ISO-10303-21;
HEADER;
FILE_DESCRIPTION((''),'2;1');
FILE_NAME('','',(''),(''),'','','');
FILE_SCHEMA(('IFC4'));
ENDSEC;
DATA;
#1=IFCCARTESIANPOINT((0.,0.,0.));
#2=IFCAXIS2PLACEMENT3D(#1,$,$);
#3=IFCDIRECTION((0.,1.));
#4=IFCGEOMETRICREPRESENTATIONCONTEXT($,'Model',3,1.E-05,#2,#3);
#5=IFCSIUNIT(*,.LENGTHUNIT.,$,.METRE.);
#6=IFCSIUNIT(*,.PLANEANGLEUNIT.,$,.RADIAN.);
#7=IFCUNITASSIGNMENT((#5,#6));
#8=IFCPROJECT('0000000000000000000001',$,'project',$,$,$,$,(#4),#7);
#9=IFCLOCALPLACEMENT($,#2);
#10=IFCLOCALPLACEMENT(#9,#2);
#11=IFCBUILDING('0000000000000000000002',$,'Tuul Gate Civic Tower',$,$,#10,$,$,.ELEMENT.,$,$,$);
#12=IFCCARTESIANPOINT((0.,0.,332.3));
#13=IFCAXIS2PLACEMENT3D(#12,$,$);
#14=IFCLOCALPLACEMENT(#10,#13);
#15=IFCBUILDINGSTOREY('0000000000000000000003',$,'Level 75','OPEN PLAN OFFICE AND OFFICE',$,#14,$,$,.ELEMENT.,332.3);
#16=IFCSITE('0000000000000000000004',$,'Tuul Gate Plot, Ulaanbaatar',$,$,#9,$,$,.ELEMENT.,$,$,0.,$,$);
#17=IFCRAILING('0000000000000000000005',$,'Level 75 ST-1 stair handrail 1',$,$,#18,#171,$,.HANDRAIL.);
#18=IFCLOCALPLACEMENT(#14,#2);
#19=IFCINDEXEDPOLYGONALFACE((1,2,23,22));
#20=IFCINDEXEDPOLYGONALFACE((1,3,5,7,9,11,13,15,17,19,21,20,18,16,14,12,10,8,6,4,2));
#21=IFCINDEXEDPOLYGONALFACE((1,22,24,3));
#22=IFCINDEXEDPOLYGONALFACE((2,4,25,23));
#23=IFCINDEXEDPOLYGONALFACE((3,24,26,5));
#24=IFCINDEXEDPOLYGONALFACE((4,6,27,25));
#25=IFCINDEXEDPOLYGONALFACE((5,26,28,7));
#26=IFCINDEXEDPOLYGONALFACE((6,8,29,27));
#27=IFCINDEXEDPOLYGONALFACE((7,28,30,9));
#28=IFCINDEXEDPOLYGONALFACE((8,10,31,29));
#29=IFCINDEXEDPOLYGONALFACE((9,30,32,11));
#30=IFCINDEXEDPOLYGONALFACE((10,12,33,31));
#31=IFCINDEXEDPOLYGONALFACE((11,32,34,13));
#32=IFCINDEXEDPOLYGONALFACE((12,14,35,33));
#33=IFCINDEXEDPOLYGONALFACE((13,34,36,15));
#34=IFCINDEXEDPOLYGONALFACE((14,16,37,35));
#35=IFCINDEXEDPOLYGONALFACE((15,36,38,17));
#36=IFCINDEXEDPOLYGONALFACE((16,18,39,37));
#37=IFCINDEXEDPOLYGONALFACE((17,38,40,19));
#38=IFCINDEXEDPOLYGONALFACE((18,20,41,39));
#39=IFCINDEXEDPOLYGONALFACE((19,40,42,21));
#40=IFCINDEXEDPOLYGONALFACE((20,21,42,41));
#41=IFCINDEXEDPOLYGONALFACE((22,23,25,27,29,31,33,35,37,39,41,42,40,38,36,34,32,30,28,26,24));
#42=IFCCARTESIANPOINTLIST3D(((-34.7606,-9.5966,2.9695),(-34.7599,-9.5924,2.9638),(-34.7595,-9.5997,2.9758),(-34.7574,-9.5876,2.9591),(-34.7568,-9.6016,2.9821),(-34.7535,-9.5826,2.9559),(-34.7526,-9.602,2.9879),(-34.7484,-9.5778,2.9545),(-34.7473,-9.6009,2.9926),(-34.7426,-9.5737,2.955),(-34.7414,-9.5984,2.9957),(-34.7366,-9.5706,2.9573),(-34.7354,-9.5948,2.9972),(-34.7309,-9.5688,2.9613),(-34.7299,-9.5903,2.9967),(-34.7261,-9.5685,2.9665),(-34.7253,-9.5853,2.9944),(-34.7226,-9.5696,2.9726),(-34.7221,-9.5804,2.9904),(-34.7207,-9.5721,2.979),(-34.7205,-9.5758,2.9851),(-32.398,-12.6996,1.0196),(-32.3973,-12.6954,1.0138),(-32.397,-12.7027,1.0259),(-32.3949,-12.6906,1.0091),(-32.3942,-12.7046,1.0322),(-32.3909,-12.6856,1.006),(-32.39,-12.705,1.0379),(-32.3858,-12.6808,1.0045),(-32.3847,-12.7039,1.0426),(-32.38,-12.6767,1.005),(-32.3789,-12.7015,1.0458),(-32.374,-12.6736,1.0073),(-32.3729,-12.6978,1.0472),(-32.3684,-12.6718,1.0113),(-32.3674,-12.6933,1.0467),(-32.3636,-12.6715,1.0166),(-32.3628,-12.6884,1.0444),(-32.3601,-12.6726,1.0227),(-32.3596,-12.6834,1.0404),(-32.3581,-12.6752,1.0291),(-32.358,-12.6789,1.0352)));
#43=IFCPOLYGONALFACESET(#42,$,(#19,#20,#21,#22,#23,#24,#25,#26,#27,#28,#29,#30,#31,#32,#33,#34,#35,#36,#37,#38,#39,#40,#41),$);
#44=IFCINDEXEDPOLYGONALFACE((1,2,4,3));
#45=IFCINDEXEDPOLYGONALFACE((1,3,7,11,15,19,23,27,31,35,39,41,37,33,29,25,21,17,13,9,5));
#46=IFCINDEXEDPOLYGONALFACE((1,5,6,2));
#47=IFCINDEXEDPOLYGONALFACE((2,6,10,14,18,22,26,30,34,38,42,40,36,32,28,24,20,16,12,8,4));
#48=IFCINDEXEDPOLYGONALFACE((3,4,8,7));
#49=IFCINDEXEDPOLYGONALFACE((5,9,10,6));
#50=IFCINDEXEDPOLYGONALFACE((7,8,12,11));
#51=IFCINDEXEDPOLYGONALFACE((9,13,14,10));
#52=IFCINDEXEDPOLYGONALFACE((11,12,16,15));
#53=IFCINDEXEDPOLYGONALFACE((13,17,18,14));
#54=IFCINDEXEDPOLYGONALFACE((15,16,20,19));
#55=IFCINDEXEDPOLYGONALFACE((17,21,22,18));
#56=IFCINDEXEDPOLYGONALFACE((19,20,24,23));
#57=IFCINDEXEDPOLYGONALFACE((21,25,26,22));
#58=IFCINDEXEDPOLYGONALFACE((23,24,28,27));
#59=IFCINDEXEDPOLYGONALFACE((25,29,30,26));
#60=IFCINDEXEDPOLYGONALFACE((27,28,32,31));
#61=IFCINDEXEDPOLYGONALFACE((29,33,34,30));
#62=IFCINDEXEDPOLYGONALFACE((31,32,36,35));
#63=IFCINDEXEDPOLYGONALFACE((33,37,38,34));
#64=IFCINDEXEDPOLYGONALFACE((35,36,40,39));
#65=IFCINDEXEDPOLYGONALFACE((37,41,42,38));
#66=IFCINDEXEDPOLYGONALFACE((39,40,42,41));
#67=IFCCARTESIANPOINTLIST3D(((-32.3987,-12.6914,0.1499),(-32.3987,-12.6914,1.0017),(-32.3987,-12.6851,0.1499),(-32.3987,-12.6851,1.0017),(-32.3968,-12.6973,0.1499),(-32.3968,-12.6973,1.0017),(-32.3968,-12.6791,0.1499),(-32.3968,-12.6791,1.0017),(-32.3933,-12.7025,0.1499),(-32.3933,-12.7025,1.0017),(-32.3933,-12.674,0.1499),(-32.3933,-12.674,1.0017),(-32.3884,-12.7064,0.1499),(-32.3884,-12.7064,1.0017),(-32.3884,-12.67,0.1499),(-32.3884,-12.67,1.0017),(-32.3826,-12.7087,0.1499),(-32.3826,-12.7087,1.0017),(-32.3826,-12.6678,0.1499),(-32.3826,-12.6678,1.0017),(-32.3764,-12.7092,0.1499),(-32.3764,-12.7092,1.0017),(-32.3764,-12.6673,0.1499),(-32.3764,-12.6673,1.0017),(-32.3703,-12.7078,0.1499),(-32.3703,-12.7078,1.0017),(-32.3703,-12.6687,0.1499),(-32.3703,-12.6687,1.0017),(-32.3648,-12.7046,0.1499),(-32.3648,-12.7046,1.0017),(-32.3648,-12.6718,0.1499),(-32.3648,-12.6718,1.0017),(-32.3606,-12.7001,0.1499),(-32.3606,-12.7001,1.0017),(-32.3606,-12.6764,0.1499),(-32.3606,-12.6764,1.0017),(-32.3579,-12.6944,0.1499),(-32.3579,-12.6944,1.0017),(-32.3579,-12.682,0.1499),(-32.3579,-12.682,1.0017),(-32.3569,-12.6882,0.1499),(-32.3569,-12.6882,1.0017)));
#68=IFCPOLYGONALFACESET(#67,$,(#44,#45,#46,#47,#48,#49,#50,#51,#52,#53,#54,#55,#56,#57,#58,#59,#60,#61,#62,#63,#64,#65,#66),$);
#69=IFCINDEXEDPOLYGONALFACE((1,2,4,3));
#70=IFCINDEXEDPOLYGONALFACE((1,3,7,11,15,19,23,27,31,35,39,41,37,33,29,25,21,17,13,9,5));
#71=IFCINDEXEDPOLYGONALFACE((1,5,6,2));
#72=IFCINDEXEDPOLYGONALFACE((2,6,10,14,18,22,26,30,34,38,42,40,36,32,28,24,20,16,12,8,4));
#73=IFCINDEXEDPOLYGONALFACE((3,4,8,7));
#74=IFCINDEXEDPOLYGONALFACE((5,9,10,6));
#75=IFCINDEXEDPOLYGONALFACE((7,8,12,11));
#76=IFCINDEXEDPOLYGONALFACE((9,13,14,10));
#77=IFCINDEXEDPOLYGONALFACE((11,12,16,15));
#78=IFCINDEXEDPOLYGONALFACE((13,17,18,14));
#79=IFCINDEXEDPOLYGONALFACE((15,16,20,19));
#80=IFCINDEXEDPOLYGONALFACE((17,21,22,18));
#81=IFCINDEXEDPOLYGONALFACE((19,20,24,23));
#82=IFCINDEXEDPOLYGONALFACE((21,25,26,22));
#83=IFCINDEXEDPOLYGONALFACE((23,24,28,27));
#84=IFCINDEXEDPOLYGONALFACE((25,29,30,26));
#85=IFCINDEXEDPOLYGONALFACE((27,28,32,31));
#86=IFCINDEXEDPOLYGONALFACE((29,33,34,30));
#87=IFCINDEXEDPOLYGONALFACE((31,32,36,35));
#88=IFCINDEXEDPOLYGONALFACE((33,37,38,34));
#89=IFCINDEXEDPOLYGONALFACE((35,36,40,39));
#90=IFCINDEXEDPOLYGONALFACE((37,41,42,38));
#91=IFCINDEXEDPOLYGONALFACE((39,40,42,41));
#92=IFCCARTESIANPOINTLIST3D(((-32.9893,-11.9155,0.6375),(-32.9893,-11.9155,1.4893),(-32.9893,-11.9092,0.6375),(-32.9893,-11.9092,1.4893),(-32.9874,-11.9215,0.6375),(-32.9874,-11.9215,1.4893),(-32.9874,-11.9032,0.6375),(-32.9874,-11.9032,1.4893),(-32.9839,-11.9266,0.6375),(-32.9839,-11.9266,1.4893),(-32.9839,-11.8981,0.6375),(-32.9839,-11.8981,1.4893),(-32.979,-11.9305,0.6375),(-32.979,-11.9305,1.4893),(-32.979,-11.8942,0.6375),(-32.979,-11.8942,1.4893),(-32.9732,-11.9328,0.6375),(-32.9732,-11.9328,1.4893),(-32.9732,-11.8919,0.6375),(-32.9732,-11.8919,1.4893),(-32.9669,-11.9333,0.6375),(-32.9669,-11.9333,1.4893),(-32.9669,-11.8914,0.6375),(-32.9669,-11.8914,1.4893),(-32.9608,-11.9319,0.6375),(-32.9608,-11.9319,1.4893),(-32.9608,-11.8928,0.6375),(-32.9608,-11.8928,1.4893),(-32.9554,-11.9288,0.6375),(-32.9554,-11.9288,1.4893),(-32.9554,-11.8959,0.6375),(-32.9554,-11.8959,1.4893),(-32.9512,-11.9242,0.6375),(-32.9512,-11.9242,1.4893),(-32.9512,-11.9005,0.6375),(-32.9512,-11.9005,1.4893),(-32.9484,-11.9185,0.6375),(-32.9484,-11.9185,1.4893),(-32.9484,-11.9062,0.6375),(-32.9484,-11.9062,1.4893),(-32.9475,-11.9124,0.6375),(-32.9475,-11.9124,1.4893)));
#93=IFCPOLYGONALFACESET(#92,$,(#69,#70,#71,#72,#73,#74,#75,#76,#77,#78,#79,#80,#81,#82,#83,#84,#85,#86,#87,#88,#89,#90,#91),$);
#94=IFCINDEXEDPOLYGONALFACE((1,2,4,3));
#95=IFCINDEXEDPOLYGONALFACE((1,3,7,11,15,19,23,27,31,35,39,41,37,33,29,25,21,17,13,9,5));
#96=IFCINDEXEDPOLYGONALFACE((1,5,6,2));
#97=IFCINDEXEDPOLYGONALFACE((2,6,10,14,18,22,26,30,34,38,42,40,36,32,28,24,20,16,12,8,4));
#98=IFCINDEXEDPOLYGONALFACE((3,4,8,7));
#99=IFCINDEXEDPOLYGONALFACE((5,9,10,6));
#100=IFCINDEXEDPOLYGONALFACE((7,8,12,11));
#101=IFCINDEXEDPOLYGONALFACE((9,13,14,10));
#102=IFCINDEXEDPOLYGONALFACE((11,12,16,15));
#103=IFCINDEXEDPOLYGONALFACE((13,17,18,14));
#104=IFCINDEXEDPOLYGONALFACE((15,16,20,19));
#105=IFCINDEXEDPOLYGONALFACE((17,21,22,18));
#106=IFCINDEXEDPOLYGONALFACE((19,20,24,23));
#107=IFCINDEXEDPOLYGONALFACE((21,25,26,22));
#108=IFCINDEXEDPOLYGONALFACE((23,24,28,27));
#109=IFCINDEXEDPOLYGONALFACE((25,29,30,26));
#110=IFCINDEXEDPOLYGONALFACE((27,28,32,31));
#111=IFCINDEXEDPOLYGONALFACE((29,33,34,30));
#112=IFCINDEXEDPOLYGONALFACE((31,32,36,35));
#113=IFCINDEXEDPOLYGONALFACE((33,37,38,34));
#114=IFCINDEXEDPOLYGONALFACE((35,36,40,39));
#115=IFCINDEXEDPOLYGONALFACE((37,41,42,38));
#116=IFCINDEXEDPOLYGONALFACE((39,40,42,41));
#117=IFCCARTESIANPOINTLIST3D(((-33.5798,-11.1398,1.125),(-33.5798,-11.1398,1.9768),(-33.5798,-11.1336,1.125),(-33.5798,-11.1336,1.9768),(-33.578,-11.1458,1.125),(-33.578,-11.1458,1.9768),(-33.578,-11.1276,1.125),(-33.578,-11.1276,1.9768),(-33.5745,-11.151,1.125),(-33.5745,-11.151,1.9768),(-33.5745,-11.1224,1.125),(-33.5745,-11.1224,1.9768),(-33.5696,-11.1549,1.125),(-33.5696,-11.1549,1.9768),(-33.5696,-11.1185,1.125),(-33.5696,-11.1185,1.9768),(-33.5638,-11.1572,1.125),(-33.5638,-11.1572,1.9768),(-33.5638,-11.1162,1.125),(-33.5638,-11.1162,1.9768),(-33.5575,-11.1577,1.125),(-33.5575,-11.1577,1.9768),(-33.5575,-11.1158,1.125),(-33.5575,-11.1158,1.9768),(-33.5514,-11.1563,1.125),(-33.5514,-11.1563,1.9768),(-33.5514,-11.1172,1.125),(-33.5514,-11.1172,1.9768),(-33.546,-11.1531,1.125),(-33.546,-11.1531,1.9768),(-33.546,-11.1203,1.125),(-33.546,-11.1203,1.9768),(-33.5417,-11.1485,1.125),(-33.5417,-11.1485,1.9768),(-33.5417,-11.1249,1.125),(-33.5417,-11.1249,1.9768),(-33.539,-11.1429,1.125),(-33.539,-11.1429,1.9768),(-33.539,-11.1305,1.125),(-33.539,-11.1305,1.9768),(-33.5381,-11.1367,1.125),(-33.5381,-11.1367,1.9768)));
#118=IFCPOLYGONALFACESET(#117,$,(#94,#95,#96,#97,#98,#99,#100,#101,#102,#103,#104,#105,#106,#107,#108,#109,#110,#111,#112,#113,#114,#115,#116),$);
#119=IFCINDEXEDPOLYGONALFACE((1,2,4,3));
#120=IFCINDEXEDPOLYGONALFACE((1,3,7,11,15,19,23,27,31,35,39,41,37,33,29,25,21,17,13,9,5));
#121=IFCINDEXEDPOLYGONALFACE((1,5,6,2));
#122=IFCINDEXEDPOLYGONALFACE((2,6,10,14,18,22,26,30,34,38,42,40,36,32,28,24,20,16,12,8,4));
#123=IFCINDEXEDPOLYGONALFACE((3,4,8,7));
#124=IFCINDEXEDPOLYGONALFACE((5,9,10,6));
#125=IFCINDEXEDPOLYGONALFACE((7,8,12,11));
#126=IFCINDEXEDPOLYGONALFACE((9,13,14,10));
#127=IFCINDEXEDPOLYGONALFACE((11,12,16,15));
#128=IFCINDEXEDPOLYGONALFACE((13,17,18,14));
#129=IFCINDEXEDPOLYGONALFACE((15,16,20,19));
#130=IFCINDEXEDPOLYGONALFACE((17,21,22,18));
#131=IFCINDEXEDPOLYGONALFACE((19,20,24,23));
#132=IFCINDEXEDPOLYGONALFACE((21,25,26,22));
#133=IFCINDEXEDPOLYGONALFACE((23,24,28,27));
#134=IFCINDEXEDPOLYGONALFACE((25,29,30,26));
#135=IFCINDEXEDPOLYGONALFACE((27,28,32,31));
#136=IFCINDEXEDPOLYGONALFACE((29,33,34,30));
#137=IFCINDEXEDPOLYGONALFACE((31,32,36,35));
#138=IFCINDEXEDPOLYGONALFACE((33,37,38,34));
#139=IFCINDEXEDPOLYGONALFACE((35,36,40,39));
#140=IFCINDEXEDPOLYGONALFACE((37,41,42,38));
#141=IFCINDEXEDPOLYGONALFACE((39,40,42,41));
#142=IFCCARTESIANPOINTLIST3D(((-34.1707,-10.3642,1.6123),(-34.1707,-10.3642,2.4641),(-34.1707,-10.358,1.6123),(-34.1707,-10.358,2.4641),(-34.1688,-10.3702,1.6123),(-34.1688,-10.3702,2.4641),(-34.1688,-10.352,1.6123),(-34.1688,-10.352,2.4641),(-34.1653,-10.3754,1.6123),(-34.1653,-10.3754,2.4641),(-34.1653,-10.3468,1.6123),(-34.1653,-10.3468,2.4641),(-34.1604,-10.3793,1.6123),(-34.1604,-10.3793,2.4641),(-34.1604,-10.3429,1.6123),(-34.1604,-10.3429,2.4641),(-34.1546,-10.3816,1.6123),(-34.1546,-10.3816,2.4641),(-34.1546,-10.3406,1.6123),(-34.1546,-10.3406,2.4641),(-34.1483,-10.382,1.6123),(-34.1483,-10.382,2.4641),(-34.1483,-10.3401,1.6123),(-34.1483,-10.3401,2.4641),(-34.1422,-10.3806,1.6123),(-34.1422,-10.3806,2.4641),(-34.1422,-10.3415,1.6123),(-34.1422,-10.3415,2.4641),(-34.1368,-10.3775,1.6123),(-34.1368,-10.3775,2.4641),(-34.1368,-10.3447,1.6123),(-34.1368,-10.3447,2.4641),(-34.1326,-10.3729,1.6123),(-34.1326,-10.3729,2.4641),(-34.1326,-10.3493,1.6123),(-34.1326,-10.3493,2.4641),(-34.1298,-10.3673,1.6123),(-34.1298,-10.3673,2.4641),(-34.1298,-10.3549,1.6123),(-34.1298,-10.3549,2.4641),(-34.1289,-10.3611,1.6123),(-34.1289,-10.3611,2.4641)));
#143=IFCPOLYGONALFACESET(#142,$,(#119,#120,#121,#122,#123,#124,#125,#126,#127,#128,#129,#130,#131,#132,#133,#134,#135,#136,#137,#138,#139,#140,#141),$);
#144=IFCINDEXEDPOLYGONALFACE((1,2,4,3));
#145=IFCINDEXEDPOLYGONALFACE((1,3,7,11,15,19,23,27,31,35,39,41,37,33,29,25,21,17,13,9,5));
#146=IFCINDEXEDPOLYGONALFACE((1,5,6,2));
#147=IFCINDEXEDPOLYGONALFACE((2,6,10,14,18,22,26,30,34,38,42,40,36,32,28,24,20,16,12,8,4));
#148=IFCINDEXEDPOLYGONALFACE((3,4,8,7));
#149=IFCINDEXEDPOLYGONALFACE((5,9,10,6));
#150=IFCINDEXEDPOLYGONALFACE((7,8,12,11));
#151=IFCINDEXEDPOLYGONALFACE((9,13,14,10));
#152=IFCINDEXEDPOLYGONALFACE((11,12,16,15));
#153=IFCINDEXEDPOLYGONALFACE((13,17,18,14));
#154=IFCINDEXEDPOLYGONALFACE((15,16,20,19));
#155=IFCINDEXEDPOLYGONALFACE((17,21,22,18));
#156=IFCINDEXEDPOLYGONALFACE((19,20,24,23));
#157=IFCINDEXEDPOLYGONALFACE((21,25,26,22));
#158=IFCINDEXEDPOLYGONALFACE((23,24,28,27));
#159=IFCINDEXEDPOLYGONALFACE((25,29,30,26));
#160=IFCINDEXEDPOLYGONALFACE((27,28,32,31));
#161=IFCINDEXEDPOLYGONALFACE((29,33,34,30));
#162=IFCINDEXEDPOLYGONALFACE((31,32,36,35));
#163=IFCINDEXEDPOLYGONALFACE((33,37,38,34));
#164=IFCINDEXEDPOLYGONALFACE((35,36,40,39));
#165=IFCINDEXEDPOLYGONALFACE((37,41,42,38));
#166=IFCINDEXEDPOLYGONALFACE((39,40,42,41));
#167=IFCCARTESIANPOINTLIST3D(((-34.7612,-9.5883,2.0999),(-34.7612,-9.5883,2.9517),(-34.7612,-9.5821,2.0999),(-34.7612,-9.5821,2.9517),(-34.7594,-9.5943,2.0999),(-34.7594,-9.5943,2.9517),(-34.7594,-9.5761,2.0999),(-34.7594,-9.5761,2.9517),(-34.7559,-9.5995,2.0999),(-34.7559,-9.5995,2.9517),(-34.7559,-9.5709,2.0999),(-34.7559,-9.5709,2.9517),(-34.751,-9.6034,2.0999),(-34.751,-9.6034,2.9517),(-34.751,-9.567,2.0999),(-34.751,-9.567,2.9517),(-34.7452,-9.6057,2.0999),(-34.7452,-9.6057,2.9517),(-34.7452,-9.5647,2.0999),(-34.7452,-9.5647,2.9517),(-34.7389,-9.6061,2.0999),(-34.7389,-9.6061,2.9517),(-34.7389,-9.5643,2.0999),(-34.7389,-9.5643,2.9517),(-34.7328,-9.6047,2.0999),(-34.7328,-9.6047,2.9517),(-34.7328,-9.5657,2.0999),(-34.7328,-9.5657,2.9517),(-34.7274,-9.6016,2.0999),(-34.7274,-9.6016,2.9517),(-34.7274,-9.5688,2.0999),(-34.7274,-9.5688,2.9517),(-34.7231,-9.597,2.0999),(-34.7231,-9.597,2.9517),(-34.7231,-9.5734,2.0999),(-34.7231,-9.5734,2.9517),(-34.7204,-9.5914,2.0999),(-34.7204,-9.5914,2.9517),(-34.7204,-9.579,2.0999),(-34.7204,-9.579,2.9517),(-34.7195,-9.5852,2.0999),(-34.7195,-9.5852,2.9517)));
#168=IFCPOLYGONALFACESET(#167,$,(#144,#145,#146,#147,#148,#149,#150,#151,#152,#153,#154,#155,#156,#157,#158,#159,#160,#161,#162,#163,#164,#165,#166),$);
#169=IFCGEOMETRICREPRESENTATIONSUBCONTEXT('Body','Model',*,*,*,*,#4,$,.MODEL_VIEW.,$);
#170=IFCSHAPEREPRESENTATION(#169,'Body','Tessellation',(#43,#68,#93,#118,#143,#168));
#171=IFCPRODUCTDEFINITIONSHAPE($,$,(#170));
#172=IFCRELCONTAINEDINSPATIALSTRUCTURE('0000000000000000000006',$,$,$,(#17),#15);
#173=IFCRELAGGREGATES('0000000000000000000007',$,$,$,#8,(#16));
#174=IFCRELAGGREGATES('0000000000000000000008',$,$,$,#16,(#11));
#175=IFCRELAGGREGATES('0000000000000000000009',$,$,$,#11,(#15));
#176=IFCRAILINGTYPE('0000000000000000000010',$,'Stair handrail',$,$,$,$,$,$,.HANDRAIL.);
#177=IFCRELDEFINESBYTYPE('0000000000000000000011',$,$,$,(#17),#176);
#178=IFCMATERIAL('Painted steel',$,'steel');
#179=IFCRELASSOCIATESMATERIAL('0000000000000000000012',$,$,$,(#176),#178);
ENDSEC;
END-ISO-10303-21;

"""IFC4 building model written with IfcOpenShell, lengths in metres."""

from ifc_helpers import new_model, si_unit, direction, frame, origin, origin_2d, place, context, subcontext, project, spatial, circle, extrude, material, type_object, element, save


model = new_model("IFC4")

# Units and contexts
model_context = context("Model", 3, precision=1e-05, world=origin(), true_north=direction((0.0, 1.0)))
body_context = subcontext(model_context, "Body", "Model", "MODEL_VIEW")
ifc_project = project(units=[si_unit("LENGTHUNIT", "METRE"), si_unit("PLANEANGLEUNIT", "RADIAN")], contexts=[model_context])

# Site, building, storey
site_placement = place(None, origin())
site = spatial("IfcSite", under=ifc_project, at=site_placement, Name="Tuul Gate Plot, Ulaanbaatar", CompositionType="ELEMENT", RefElevation=0.0)
building_placement = place(site_placement, origin())
building = spatial("IfcBuilding", under=site, at=building_placement, Name="Tuul Gate Civic Tower", CompositionType="ELEMENT")
storey_placement = place(building_placement, frame((0.0, 0.0, 332.3)))
storey = spatial("IfcBuildingStorey", under=building, at=storey_placement, Name="Level 75", Description="OPEN PLAN OFFICE AND OFFICE", CompositionType="ELEMENT", Elevation=332.3)

# Railing
ifc_material_1 = material(Name="Painted steel", Category="steel")
railing_type_1 = type_object("IfcRailingType", Name="Stair handrail", PredefinedType="HANDRAIL", material=ifc_material_1)
railing_1_placement = place(storey_placement, frame((-32.3779, -12.6882, 0.1499)))
element("IfcRailing", 1, at=railing_1_placement, inside=storey, type_object=railing_type_1, Name="Level 75 ST-1 stair handrail 1", PredefinedType="HANDRAIL", context=body_context, shape_type="SweptSolid", body=[
    extrude(circle(Radius=0.0239, at=origin_2d()), frame((0.0, 0.0, 0.876), z_axis=(-0.541824, 0.711645, 0.4472), x_axis=(-0.795637, -0.605773, 0.0)), (0.0, 0.0, 1.0), 4.3604),
    extrude(circle(Radius=0.021, at=origin_2d()), origin(), (0.0, 0.0, 1.0), 0.8518),
    extrude(circle(Radius=0.021, at=origin_2d()), frame((-0.5906, 0.7759, 0.4875)), (0.0, 0.0, 1.0), 0.8518),
    extrude(circle(Radius=0.021, at=origin_2d()), frame((-1.1812, 1.5515, 0.9751)), (0.0, 0.0, 1.0), 0.8518),
    extrude(circle(Radius=0.021, at=origin_2d()), frame((-1.772, 2.3271, 1.4624)), (0.0, 0.0, 1.0), 0.8518),
    extrude(circle(Radius=0.021, at=origin_2d()), frame((-2.3625, 3.103, 1.95)), (0.0, 0.0, 1.0), 0.8518),
])

save(model, "model.ifc")
